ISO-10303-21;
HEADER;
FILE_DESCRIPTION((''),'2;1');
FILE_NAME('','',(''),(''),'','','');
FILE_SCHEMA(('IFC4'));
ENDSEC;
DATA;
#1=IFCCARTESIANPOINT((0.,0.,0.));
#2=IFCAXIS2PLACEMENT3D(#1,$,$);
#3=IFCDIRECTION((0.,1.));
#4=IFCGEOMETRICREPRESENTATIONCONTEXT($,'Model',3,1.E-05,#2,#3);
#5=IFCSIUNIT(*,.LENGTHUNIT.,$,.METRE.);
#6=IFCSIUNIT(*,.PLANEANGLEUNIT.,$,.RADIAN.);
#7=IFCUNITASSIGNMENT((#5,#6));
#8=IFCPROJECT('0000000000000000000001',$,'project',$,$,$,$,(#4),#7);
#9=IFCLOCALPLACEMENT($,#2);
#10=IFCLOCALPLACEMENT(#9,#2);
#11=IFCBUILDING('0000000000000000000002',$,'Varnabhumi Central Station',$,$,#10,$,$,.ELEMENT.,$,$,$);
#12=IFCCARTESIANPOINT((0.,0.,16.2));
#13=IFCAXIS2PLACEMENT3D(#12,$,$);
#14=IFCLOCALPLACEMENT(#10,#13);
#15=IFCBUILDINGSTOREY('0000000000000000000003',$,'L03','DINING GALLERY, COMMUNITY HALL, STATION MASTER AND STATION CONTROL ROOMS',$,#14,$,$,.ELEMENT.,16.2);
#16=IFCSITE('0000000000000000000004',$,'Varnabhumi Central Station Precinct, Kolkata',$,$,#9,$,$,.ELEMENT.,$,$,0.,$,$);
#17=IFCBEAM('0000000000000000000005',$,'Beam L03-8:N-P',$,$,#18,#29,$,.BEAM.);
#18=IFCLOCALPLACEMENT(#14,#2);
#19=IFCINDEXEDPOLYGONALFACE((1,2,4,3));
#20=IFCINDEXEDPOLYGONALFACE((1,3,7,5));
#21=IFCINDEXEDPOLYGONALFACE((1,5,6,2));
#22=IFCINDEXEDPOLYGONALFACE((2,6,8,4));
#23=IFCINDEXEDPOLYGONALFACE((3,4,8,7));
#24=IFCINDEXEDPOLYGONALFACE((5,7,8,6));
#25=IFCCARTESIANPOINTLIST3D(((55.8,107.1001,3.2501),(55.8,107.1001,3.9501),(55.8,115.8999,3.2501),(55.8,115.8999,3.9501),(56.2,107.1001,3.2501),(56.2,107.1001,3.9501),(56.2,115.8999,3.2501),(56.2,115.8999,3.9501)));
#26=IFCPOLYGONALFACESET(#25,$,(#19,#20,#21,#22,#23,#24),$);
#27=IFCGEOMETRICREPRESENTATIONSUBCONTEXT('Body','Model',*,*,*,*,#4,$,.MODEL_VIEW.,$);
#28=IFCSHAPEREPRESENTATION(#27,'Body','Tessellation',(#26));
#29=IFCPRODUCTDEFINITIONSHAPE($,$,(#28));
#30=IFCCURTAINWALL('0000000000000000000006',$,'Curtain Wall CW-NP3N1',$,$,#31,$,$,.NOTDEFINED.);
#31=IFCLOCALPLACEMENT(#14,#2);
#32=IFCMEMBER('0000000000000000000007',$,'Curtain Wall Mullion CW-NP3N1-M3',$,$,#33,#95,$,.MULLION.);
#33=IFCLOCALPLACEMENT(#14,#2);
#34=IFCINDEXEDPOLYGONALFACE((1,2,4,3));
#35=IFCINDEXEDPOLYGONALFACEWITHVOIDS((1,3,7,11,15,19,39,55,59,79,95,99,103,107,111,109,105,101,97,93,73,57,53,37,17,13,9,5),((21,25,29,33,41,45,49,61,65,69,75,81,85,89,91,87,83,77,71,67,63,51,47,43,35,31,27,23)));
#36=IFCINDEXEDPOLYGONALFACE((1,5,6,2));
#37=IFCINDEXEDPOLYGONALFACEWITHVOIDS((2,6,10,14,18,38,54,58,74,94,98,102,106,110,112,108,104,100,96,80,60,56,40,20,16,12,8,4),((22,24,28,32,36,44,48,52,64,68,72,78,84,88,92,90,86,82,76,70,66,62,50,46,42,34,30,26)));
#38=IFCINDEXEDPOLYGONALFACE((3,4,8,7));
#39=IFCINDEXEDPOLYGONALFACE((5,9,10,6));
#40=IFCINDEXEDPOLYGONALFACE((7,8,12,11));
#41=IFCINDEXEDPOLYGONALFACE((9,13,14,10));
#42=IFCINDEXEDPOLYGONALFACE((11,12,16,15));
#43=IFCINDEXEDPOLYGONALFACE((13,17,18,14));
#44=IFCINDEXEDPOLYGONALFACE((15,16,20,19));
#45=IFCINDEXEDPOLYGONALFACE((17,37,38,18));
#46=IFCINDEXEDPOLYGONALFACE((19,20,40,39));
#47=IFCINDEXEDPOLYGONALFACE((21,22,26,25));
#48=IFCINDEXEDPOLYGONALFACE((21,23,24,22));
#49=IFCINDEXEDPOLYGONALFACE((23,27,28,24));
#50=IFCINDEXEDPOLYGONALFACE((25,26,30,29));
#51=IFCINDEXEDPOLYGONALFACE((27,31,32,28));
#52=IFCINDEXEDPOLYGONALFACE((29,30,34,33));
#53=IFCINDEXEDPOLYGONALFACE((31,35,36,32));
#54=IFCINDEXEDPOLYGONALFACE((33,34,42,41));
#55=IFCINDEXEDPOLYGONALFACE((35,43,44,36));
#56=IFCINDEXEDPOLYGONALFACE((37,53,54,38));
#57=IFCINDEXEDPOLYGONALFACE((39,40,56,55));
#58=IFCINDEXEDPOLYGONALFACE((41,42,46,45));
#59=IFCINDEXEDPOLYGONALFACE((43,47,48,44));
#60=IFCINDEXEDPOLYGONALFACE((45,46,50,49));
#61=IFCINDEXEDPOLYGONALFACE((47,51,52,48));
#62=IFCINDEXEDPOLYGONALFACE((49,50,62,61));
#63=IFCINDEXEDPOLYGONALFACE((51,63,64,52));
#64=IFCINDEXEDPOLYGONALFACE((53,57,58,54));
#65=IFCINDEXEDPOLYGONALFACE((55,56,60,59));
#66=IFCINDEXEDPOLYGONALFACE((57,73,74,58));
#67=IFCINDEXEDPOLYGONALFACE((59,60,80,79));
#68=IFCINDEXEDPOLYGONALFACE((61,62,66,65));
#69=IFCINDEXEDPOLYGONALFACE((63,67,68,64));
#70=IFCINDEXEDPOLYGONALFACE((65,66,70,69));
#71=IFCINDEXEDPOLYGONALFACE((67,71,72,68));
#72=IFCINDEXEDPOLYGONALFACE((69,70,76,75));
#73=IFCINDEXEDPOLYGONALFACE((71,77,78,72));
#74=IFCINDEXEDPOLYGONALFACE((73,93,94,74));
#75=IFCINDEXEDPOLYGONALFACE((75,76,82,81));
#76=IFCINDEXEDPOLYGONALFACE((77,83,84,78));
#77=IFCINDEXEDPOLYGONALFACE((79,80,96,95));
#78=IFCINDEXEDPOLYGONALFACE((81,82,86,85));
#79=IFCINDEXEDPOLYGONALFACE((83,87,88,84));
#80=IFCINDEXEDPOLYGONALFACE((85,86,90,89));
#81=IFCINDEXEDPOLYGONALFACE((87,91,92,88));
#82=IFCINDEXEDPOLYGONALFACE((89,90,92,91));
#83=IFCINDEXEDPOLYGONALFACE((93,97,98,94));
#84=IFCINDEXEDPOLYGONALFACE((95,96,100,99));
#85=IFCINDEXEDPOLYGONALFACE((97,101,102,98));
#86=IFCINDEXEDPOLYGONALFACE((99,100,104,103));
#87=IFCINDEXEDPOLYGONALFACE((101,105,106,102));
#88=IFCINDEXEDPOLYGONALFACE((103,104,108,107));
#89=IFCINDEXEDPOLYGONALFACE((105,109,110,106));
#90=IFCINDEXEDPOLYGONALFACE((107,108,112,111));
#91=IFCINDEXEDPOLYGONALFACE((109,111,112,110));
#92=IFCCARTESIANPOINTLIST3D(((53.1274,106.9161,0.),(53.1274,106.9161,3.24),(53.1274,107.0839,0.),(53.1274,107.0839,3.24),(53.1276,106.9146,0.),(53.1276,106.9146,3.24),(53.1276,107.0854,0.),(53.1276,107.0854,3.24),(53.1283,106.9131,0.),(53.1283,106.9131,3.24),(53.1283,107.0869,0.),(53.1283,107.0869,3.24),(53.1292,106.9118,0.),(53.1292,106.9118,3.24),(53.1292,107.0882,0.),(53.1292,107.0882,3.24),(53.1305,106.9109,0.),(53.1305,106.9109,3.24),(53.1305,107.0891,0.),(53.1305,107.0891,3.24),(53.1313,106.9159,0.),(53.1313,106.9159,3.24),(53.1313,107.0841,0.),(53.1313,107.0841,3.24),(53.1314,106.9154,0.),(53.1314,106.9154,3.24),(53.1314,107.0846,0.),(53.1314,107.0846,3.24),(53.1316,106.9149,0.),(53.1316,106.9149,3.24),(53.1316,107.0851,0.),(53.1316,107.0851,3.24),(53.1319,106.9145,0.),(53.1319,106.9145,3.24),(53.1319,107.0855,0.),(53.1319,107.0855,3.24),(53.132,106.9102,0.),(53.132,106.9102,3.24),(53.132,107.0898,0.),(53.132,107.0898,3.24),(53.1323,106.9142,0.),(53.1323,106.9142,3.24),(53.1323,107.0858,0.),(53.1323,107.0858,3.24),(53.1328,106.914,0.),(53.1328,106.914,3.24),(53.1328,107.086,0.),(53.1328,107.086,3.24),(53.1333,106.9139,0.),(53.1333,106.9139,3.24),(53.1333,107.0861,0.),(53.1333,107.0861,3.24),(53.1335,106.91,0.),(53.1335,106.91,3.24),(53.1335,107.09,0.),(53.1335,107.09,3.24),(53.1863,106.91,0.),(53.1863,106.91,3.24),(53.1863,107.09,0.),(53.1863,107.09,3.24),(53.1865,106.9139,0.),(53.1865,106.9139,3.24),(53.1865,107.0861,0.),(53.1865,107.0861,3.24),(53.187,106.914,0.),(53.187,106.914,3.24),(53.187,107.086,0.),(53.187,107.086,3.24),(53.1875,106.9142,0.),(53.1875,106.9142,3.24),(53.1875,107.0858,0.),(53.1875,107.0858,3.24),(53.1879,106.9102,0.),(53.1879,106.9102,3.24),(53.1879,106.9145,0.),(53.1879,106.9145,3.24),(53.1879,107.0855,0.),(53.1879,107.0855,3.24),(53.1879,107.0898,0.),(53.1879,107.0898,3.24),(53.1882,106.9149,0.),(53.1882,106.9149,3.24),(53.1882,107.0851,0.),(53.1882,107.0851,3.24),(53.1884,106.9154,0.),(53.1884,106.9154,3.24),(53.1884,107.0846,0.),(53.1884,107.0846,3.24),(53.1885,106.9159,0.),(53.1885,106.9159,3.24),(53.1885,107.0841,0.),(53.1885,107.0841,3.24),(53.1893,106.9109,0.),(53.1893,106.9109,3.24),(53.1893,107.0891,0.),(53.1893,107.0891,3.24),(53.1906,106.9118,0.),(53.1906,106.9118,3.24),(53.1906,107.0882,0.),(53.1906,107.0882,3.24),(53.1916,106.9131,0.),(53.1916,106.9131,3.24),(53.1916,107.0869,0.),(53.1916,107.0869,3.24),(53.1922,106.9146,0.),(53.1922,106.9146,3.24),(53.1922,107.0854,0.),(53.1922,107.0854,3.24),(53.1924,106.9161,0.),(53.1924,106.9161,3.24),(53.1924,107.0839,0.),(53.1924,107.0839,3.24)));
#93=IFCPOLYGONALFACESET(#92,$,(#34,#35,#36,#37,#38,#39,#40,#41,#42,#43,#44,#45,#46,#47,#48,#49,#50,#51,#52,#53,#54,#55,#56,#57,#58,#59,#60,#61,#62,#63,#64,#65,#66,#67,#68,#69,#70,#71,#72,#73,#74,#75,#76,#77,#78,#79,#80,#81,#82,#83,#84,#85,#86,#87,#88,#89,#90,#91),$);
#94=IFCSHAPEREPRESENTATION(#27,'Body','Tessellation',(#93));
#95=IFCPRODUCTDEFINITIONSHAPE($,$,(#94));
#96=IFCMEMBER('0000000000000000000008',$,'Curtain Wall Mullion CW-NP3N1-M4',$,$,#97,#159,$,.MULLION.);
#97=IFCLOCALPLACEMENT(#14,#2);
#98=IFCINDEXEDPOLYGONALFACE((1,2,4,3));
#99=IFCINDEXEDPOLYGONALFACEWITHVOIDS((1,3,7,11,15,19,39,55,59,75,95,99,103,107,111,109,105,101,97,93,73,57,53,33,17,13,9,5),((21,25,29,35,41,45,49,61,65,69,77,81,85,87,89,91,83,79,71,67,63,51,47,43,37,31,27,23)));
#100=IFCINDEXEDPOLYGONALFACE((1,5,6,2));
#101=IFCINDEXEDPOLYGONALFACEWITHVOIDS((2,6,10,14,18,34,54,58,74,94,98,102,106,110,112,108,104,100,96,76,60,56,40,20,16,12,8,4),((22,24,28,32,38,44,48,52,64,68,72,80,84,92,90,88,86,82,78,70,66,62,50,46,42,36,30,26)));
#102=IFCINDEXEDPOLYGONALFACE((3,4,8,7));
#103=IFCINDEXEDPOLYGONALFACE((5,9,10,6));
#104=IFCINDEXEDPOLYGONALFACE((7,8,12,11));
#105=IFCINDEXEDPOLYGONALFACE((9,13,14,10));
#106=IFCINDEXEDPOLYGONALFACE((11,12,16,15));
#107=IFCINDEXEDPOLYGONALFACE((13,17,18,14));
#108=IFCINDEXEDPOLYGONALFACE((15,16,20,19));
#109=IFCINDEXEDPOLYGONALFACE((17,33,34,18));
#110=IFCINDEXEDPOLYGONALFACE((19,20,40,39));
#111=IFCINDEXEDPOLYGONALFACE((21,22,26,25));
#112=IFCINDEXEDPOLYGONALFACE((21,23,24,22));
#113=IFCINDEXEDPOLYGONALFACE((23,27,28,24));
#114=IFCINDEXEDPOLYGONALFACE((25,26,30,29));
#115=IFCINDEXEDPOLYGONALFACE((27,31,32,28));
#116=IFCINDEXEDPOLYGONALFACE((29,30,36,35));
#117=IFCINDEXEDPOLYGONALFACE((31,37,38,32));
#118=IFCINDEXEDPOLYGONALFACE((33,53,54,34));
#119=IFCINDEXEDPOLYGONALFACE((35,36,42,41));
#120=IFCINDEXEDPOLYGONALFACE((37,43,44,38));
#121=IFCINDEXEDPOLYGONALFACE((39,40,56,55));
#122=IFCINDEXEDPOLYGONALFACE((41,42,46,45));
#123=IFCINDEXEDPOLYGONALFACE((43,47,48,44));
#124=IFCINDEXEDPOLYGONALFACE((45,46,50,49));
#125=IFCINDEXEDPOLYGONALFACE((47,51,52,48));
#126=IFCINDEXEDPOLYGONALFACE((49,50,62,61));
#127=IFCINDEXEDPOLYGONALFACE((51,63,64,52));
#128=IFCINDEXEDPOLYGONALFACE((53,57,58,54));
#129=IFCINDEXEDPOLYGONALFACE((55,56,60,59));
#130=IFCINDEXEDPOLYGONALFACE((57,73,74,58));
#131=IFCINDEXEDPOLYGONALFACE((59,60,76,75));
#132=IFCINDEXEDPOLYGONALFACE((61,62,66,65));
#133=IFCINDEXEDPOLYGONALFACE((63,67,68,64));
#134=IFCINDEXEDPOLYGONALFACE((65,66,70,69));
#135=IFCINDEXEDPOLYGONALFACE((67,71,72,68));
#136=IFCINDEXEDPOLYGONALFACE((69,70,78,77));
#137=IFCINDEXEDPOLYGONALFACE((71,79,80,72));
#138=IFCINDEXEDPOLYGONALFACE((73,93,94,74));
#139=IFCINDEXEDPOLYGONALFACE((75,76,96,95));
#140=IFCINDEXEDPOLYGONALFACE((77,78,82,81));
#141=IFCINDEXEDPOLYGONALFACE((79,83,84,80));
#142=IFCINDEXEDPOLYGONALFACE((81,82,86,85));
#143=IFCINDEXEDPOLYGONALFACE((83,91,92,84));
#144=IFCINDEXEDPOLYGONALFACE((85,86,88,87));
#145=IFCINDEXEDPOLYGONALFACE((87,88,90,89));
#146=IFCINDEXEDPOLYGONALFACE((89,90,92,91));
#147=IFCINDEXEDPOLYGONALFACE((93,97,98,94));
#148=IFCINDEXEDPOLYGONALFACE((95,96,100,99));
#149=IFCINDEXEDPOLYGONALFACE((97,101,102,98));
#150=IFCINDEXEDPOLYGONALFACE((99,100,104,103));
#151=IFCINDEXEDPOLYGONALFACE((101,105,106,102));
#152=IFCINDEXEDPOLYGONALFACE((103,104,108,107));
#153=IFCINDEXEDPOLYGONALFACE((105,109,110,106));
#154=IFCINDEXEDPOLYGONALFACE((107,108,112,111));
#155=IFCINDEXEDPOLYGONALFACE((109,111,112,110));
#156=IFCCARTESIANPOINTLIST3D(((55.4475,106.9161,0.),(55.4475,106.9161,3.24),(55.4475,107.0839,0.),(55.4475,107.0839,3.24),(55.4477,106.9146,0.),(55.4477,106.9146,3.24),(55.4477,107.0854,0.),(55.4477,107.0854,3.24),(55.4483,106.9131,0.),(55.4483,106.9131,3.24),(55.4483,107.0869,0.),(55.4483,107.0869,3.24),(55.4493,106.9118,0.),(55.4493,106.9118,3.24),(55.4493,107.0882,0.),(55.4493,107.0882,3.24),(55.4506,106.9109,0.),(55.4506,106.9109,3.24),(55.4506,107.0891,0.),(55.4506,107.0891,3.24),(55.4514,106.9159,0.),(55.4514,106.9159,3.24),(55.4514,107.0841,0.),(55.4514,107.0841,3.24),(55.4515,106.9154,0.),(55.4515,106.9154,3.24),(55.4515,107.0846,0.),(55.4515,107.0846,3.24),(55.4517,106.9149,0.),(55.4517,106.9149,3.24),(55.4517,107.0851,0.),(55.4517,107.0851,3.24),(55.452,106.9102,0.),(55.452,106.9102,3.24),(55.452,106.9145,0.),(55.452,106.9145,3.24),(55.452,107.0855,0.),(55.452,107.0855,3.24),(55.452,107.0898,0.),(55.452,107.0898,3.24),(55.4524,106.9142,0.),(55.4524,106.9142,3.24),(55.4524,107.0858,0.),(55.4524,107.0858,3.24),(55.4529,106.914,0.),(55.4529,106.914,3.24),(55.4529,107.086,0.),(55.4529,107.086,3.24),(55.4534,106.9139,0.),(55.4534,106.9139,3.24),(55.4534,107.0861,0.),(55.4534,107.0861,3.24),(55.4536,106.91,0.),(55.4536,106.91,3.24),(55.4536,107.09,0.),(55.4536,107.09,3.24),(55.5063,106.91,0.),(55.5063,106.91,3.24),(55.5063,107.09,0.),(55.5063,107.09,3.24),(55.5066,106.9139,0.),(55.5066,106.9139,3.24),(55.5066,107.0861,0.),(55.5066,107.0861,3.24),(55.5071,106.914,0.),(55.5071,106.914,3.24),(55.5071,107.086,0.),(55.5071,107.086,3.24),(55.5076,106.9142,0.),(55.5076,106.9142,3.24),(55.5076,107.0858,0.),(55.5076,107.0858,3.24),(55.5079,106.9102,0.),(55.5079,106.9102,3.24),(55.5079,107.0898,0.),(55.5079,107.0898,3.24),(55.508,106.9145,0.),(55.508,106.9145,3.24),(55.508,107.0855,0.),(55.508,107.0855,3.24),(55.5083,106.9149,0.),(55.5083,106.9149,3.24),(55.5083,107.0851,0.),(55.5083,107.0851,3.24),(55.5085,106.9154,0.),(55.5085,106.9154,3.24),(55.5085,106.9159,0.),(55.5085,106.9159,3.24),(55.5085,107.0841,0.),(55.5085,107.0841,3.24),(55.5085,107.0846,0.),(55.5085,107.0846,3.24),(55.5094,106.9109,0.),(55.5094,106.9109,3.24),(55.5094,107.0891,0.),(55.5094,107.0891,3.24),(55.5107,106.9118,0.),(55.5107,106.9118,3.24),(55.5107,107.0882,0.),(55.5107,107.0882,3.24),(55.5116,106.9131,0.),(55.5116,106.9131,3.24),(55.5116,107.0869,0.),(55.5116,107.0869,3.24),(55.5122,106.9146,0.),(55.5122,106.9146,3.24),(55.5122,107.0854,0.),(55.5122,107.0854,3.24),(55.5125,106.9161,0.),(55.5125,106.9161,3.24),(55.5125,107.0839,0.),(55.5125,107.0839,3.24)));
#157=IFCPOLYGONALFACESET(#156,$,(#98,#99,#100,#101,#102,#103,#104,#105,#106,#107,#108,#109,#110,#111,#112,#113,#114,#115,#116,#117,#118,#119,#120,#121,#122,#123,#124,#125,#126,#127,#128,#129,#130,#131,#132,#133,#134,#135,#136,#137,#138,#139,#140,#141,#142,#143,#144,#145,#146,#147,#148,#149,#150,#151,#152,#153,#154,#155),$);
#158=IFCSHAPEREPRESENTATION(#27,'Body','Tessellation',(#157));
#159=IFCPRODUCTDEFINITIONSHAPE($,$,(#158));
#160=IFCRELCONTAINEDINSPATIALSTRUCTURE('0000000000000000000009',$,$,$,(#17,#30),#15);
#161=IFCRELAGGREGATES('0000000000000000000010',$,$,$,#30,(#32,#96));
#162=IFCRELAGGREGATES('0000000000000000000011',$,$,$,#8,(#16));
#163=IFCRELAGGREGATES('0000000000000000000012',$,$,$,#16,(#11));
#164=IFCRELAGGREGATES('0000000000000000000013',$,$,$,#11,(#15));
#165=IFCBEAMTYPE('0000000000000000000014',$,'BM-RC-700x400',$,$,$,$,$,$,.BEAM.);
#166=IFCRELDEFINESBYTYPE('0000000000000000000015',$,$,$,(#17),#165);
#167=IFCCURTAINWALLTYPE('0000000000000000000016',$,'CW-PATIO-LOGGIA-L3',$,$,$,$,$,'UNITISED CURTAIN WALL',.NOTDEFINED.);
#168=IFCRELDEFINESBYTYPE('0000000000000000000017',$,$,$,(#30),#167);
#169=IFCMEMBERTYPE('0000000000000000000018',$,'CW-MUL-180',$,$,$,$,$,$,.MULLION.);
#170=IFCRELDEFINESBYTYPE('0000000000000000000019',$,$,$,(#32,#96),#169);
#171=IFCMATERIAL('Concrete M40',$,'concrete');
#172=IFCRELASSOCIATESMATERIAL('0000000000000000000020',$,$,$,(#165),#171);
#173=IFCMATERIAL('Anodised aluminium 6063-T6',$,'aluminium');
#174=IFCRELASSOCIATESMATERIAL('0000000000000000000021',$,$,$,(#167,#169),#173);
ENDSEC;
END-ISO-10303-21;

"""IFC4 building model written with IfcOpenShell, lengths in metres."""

from ifc_helpers import new_model, si_unit, direction, frame, origin, origin_2d, place, context, subcontext, project, spatial, rectangle, hollow_rectangle, extrude, material, material_profile, profile_set, type_object, element, aggregate, save


model = new_model("IFC4")

# Units and contexts
model_context = context("Model", 3, precision=1e-05, world=origin(), true_north=direction((0.0, 1.0)))
body_context = subcontext(model_context, "Body", "Model", "MODEL_VIEW")
ifc_project = project(units=[si_unit("LENGTHUNIT", "METRE"), si_unit("PLANEANGLEUNIT", "RADIAN")], contexts=[model_context])

# Site, building, storey
site_placement = place(None, origin())
site = spatial("IfcSite", under=ifc_project, at=site_placement, Name="Varnabhumi Central Station Precinct, Kolkata", CompositionType="ELEMENT", RefElevation=0.0)
building_placement = place(site_placement, origin())
building = spatial("IfcBuilding", under=site, at=building_placement, Name="Varnabhumi Central Station", CompositionType="ELEMENT")
storey_placement = place(building_placement, frame((0.0, 0.0, 16.2)))
storey = spatial("IfcBuildingStorey", under=building, at=storey_placement, Name="L03", Description="DINING GALLERY, COMMUNITY HALL, STATION MASTER AND STATION CONTROL ROOMS", CompositionType="ELEMENT", Elevation=16.2)

# Shared definitions
ifc_material_1 = material(Name="Concrete M40", Category="concrete")

# Beam
ifc_material_profile_1 = material_profile(ifc_material_1, rectangle(XDim=0.3999, YDim=0.7, at=origin_2d()), Name="Concrete M40", Category="concrete")
ifc_profile_set_1 = profile_set([ifc_material_profile_1], Name="Concrete M40")
beam_type_1 = type_object("IfcBeamType", Name="BM-RC-700x400", PredefinedType="BEAM", material=ifc_profile_set_1)
beam_1_placement = place(storey_placement, frame((56.0, 107.1001, 3.6001), z_axis=(0.0, 1.0, 0.0), x_axis=(-1.0, 0.0, 0.0)))
element("IfcBeam", 1, at=beam_1_placement, inside=storey, type_object=beam_type_1, Name="Beam L03-8:N-P", PredefinedType="BEAM", context=body_context, shape_type="SweptSolid", body=[
    extrude(rectangle(XDim=0.3999, YDim=0.7, at=origin_2d()), origin(), (0.0, 0.0, 1.0), 8.7998),
])

# Curtain wall, members
ifc_material_2 = material(Name="Anodised aluminium 6063-T6", Category="aluminium")
curtain_wall_type = type_object("IfcCurtainWallType", Name="CW-PATIO-LOGGIA-L3", ElementType="UNITISED CURTAIN WALL", PredefinedType="NOTDEFINED", material=ifc_material_2)
curtain_wall_1_placement = place(storey_placement, origin())
curtain_wall_1 = element("IfcCurtainWall", 2, at=curtain_wall_1_placement, inside=storey, type_object=curtain_wall_type, Name="Curtain Wall CW-NP3N1", PredefinedType="NOTDEFINED")
ifc_material_profile_2 = material_profile(ifc_material_2, hollow_rectangle(XDim=0.0649, YDim=0.1799, WallThickness=0.0039, InnerFilletRadius=0.002, OuterFilletRadius=0.0061, at=origin_2d()), Name="Anodised aluminium 6063-T6", Category="aluminium")
ifc_profile_set_2 = profile_set([ifc_material_profile_2], Name="Anodised aluminium 6063-T6")
member_type_1 = type_object("IfcMemberType", Name="CW-MUL-180", PredefinedType="MULLION", material=ifc_profile_set_2)
member_1_placement = place(storey_placement, frame((53.1599, 107.0, 0.0), z_axis=(0.0, 0.0, 1.0), x_axis=(1.0, 0.0, 0.0)))
member_1 = element("IfcMember", 3, at=member_1_placement, type_object=member_type_1, Name="Curtain Wall Mullion CW-NP3N1-M3", PredefinedType="MULLION", context=body_context, shape_type="SweptSolid", body=[
    extrude(hollow_rectangle(XDim=0.0649, YDim=0.1799, WallThickness=0.0039, InnerFilletRadius=0.002, OuterFilletRadius=0.0061, at=origin_2d()), origin(), (0.0, 0.0, 1.0), 3.24),
])
member_2_placement = place(storey_placement, frame((55.48, 107.0, 0.0), z_axis=(0.0, 0.0, 1.0), x_axis=(1.0, 0.0, 0.0)))
member_2 = element("IfcMember", 4, at=member_2_placement, type_object=member_type_1, Name="Curtain Wall Mullion CW-NP3N1-M4", PredefinedType="MULLION", context=body_context, shape_type="SweptSolid", body=[
    extrude(hollow_rectangle(XDim=0.0649, YDim=0.1799, WallThickness=0.0039, InnerFilletRadius=0.002, OuterFilletRadius=0.0061, at=origin_2d()), origin(), (0.0, 0.0, 1.0), 3.24),
])

aggregate(curtain_wall_1, [member_1, member_2])

save(model, "model.ifc")
